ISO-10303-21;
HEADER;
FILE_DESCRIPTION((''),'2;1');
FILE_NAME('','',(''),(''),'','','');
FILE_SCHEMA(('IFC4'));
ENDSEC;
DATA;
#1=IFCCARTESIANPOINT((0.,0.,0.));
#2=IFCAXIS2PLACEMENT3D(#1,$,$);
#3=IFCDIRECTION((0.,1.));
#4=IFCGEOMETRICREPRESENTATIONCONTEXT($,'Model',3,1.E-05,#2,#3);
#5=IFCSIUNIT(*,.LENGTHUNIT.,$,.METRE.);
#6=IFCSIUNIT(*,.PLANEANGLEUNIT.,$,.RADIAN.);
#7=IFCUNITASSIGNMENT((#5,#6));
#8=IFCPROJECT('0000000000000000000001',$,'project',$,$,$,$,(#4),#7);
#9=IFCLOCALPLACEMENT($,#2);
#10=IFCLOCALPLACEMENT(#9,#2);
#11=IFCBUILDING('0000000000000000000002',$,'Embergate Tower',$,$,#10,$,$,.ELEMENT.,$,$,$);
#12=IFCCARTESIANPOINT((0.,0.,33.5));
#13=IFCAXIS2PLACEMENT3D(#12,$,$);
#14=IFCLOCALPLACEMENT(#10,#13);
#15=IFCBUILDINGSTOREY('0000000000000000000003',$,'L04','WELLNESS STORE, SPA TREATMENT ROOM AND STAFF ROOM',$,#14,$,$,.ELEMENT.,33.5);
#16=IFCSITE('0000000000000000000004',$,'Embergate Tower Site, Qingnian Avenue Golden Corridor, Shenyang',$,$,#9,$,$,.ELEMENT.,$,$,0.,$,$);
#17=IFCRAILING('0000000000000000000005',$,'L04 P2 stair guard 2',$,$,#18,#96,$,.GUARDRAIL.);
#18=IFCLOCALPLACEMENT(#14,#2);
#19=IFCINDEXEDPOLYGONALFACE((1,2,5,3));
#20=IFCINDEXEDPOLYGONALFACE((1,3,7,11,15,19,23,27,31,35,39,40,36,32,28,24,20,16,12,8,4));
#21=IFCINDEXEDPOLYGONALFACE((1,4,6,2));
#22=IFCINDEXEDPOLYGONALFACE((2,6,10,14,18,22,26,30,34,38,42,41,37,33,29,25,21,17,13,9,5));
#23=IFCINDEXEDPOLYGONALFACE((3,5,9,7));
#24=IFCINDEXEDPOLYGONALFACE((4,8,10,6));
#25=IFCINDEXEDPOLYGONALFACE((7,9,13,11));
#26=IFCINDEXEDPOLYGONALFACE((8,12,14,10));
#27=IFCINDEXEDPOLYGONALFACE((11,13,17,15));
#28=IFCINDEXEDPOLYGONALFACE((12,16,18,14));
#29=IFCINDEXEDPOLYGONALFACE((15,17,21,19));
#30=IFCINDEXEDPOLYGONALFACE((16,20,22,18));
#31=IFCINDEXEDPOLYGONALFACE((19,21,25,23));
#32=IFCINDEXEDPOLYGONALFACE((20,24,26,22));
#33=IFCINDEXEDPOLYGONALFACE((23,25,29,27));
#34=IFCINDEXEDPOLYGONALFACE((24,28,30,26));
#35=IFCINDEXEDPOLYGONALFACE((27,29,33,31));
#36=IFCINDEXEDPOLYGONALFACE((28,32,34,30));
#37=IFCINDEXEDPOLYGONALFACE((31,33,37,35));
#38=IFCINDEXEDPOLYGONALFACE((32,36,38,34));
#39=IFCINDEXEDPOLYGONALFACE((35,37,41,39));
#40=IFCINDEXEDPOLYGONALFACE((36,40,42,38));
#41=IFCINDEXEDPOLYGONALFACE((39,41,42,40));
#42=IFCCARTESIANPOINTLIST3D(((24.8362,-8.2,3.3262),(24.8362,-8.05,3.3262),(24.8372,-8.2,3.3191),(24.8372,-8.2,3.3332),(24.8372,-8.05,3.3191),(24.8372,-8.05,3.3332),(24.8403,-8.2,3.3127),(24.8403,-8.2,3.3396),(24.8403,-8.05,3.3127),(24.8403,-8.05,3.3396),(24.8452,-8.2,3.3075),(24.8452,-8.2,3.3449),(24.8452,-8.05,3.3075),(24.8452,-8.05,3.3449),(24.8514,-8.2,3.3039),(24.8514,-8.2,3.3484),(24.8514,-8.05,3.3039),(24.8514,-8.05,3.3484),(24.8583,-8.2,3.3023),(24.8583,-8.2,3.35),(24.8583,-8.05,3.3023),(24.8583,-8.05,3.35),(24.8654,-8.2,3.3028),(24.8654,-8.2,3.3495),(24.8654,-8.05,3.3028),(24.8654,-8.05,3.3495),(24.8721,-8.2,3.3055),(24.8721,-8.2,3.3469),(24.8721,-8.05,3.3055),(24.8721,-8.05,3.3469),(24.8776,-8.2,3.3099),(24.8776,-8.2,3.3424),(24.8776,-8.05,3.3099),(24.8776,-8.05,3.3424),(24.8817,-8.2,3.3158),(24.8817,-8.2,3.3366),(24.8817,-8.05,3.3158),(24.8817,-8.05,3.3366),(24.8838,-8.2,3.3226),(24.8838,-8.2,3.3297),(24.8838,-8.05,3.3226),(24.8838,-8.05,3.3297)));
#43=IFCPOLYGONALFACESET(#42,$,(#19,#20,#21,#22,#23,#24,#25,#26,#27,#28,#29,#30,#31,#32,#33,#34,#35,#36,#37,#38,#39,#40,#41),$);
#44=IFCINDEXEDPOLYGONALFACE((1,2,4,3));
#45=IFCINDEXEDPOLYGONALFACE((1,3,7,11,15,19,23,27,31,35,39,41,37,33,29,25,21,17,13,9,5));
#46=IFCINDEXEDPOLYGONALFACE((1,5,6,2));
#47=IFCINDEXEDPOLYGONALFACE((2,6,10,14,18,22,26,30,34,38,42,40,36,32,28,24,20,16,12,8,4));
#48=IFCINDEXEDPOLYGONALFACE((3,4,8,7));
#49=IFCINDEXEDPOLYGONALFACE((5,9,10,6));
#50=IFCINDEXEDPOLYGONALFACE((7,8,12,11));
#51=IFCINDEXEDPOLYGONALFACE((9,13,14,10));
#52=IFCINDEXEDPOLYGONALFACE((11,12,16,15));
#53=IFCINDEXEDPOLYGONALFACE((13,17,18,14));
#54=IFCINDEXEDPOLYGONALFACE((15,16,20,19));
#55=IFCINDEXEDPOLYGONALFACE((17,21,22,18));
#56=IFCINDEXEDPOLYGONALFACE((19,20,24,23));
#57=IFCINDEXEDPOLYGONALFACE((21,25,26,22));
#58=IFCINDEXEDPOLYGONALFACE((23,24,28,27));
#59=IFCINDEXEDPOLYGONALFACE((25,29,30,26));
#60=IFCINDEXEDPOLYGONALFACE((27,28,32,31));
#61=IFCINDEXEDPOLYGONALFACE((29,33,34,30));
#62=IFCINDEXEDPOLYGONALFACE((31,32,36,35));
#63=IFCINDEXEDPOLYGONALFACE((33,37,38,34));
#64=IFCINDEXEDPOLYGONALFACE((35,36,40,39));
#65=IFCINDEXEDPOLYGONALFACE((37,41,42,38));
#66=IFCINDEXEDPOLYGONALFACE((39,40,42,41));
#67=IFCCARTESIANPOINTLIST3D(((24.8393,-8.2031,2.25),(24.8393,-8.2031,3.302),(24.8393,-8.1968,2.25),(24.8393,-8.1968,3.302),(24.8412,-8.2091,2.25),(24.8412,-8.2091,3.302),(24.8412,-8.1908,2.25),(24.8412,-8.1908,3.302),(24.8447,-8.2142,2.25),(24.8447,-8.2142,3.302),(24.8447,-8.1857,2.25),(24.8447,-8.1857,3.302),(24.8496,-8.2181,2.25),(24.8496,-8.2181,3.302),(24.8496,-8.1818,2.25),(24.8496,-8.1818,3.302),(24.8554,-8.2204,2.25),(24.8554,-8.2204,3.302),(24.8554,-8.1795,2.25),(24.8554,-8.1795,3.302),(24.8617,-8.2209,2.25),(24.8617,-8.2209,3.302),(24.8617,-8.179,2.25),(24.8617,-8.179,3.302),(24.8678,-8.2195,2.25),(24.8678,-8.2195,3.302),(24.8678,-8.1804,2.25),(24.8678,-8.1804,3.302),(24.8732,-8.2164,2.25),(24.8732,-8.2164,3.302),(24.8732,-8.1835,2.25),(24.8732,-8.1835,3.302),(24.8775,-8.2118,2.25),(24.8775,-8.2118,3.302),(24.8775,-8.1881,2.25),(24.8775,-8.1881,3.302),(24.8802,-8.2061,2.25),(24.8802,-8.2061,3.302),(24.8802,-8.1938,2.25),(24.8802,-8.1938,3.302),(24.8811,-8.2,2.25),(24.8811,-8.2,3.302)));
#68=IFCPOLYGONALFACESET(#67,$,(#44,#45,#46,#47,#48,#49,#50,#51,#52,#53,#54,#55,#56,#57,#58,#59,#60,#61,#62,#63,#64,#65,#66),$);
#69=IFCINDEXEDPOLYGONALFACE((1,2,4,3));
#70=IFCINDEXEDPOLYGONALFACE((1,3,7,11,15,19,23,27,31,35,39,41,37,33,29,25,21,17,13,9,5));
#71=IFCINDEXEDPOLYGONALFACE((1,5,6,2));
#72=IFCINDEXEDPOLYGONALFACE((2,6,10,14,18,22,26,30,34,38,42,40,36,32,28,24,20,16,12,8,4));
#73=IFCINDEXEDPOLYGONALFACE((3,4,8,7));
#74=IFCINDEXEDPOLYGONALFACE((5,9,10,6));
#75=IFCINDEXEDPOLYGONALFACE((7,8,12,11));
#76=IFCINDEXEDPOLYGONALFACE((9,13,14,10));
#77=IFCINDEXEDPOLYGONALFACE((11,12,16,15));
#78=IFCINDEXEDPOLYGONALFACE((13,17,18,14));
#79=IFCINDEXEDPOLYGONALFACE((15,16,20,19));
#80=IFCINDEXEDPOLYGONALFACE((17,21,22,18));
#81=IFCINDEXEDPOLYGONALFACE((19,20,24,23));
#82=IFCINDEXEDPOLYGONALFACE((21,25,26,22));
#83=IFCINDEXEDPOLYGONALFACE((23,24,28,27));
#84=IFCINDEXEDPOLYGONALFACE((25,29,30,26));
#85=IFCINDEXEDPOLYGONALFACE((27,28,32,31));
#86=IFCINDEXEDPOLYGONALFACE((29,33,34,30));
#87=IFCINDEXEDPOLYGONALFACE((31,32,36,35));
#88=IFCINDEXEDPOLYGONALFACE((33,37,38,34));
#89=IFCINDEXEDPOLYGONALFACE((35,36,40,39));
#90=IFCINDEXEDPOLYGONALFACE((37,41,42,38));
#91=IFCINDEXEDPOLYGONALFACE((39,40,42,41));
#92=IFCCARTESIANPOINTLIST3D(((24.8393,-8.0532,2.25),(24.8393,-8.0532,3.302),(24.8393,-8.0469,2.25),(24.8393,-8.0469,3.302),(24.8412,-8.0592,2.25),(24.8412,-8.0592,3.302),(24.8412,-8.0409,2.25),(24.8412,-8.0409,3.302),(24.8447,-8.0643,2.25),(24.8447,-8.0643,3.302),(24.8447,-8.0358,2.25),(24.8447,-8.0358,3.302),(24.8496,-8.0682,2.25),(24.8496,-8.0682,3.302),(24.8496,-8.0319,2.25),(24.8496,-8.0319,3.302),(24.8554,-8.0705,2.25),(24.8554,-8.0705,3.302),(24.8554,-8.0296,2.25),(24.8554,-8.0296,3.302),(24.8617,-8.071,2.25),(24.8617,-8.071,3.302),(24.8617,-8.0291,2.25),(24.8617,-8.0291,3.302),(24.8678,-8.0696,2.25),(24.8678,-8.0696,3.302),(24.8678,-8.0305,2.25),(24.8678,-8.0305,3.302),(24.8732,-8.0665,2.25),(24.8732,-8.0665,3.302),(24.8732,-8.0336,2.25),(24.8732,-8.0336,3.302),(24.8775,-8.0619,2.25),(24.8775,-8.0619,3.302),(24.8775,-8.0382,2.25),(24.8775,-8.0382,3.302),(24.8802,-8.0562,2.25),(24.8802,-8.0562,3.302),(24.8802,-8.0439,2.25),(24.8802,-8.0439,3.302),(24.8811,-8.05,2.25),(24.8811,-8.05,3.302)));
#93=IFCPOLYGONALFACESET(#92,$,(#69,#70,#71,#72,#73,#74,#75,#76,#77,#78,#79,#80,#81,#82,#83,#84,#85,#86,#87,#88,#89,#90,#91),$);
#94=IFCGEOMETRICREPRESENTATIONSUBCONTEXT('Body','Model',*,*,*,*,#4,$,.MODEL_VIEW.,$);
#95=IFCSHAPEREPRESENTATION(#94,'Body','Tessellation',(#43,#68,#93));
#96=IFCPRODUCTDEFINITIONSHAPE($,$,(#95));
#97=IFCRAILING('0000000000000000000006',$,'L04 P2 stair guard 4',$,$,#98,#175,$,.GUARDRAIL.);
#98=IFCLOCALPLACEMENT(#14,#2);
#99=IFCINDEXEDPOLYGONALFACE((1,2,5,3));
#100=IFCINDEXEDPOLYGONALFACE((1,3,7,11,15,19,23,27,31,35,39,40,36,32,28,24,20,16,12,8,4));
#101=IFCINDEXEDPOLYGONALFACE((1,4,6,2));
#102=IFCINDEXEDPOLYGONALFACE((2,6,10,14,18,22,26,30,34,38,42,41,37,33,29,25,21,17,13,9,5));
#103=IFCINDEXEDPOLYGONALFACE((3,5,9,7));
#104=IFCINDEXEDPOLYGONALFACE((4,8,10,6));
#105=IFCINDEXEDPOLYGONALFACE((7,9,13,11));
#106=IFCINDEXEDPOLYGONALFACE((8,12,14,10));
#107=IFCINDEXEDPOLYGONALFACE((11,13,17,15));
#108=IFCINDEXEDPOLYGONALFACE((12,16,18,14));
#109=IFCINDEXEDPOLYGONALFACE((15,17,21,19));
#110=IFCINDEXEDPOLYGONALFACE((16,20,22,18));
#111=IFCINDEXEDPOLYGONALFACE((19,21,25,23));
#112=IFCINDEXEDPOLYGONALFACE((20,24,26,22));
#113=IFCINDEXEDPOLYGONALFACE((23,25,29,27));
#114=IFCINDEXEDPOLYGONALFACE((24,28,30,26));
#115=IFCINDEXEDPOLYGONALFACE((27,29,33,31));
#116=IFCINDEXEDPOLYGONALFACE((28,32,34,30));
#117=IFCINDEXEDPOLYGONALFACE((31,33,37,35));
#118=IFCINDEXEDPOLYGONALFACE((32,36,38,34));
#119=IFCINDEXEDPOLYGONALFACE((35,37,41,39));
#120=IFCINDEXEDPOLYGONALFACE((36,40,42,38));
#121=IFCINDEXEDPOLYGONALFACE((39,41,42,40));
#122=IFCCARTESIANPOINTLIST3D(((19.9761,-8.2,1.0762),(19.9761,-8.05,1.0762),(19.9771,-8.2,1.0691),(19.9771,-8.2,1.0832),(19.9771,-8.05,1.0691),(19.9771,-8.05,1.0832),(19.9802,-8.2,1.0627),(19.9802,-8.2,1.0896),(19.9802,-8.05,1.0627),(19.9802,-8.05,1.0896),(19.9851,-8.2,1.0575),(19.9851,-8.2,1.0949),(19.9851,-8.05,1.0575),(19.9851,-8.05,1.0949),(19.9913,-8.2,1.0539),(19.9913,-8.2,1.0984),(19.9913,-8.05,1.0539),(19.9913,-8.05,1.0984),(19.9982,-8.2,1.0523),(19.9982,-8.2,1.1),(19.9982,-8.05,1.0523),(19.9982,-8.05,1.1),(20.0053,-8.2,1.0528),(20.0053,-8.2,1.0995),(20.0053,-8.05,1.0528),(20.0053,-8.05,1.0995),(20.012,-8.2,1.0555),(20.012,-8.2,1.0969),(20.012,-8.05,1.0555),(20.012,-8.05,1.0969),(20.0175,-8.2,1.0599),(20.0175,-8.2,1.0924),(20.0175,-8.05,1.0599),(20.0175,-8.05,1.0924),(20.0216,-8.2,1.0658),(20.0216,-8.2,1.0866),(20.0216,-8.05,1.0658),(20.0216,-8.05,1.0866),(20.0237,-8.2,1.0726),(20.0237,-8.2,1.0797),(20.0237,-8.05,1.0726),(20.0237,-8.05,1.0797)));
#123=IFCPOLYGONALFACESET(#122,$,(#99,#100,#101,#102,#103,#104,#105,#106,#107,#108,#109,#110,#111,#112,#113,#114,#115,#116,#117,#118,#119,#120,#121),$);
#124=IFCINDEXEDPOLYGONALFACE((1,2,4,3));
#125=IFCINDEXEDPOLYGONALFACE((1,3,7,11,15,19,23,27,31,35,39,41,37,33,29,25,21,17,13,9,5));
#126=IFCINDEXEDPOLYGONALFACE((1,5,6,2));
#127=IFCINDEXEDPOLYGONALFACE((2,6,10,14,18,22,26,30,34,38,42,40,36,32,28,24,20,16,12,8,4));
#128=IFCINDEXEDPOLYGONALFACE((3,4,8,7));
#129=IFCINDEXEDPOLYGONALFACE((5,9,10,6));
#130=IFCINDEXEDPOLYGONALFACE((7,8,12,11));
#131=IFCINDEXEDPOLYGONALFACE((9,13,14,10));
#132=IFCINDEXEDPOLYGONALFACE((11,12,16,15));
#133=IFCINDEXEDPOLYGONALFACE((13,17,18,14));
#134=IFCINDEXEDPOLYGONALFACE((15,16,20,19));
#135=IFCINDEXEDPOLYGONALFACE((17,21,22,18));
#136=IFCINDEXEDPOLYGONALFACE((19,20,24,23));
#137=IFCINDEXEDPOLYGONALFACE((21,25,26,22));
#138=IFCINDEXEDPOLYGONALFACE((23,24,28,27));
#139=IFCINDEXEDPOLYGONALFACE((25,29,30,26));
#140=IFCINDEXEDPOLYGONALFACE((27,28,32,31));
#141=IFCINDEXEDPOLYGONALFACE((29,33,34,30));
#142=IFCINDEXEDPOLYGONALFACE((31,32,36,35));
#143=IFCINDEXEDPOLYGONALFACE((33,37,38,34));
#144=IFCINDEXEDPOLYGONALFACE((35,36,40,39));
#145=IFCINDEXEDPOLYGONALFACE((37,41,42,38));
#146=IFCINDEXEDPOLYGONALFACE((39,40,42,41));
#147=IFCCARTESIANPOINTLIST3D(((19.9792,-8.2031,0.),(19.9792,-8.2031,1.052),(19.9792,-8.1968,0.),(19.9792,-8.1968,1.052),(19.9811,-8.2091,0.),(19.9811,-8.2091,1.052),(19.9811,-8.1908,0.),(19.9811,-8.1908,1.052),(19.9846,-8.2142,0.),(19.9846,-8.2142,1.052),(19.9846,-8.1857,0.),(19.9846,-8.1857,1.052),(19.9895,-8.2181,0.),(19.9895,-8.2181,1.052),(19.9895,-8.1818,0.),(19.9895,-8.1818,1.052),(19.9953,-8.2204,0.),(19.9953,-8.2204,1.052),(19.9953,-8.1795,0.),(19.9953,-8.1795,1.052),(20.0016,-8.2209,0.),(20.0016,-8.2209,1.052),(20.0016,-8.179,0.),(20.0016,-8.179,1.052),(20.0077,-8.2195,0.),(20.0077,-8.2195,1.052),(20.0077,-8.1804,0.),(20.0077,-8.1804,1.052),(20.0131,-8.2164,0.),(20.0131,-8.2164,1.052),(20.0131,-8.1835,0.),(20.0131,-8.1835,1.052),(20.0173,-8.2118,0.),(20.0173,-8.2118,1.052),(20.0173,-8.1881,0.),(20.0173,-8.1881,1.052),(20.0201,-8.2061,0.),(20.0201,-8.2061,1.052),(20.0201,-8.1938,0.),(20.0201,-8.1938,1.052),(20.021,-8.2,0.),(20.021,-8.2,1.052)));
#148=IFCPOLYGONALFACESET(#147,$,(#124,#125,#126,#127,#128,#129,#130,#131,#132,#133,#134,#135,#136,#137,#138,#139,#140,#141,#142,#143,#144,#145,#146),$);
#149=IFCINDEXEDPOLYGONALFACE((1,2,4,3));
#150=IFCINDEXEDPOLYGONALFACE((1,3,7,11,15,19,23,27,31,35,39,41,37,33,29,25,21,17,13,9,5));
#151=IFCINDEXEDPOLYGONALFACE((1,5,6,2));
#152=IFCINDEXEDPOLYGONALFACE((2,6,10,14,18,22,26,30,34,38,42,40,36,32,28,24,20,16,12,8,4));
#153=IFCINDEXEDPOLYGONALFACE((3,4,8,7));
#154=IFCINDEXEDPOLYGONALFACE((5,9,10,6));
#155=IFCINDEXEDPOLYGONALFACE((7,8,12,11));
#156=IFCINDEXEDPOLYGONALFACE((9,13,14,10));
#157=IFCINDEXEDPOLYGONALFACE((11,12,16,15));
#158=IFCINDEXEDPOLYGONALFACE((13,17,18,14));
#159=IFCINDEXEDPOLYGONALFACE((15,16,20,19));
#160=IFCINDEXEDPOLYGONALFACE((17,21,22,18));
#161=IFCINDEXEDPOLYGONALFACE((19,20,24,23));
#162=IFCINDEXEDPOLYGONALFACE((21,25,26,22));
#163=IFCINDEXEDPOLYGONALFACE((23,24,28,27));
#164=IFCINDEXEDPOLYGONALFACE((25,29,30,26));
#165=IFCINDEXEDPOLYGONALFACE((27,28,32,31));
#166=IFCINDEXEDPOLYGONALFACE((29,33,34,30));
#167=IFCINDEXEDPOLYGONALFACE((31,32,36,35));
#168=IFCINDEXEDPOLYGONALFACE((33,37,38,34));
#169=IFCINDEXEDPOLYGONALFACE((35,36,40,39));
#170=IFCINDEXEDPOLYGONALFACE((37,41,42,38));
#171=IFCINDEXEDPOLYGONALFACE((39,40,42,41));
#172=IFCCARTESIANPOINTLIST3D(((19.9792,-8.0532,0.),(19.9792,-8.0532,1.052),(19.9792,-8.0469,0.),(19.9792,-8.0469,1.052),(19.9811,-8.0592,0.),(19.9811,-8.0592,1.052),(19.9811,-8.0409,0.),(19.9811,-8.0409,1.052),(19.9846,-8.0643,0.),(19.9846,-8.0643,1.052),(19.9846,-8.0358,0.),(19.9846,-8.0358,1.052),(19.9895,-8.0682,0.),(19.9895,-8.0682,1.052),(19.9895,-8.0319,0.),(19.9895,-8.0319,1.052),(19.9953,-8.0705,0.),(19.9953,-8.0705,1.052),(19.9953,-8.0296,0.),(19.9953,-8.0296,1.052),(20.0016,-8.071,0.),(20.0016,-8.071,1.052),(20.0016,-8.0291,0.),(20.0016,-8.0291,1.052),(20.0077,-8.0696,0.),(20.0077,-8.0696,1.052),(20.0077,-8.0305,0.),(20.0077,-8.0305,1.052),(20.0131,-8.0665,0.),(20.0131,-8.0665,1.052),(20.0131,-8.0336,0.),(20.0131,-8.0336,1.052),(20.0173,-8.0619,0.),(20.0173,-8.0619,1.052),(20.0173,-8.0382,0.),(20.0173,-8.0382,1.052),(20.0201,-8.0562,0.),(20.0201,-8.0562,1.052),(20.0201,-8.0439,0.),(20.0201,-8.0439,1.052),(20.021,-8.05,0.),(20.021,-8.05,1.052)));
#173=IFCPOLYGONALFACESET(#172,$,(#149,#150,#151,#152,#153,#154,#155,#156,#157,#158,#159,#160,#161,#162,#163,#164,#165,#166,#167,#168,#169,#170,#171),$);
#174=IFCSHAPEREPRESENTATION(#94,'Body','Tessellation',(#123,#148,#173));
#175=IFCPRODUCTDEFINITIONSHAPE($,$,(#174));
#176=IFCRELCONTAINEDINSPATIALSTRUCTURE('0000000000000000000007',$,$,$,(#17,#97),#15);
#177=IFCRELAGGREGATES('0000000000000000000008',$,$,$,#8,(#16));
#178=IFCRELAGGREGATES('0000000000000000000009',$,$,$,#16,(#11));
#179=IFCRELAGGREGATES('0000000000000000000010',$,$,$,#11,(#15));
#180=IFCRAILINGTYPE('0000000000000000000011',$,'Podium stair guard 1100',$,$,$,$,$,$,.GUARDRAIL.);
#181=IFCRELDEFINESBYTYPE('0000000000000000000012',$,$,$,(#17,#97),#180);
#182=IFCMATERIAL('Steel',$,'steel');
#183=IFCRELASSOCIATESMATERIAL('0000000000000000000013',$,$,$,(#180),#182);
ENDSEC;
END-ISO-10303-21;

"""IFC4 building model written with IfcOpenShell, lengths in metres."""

from ifc_helpers import new_model, si_unit, direction, frame, origin, origin_2d, place, context, subcontext, project, spatial, circle, extrude, source, transform, mapped, material, type_object, element, save


model = new_model("IFC4")

# Units and contexts
model_context = context("Model", 3, precision=1e-05, world=origin(), true_north=direction((0.0, 1.0)))
body_context = subcontext(model_context, "Body", "Model", "MODEL_VIEW")
ifc_project = project(units=[si_unit("LENGTHUNIT", "METRE"), si_unit("PLANEANGLEUNIT", "RADIAN")], contexts=[model_context])

# Site, building, storey
site_placement = place(None, origin())
site = spatial("IfcSite", under=ifc_project, at=site_placement, Name="Embergate Tower Site, Qingnian Avenue Golden Corridor, Shenyang", CompositionType="ELEMENT", RefElevation=0.0)
building_placement = place(site_placement, origin())
building = spatial("IfcBuilding", under=site, at=building_placement, Name="Embergate Tower", CompositionType="ELEMENT")
storey_placement = place(building_placement, frame((0.0, 0.0, 33.5)))
storey = spatial("IfcBuildingStorey", under=building, at=storey_placement, Name="L04", Description="WELLNESS STORE, SPA TREATMENT ROOM AND STAFF ROOM", CompositionType="ELEMENT", Elevation=33.5)

# Railings
ifc_material_1 = material(Name="Steel", Category="steel")
railing_type_1 = type_object("IfcRailingType", Name="Podium stair guard 1100", PredefinedType="GUARDRAIL", material=ifc_material_1)
shared_shape_1 = source(origin(), body_context, "Body", "SweptSolid", [
    extrude(circle(Radius=0.0239, at=origin_2d()), frame((0.0, 0.0, 1.0762), z_axis=(0.0, 1.0, 0.0), x_axis=(-1.0, 0.0, 0.0)), (0.0, 0.0, 1.0), 0.1499),
    extrude(circle(Radius=0.021, at=origin_2d()), origin(), (0.0, 0.0, 1.0), 1.052),
    extrude(circle(Radius=0.021, at=origin_2d()), frame((0.0, 0.1499, 0.0)), (0.0, 0.0, 1.0), 1.052),
])
for number, where, name in (
    (1, (24.8601, -8.2, 2.25), "L04 P2 stair guard 2"),
    (2, (20.0, -8.2, 0.0), "L04 P2 stair guard 4"),
):
    element("IfcRailing", number, at=place(storey_placement, frame(where)), inside=storey, type_object=railing_type_1, Name=name, PredefinedType="GUARDRAIL", context=body_context, shape_type="MappedRepresentation", body=[
        mapped(shared_shape_1, transform((0.0, 0.0, 0.0))),
    ])

save(model, "model.ifc")
